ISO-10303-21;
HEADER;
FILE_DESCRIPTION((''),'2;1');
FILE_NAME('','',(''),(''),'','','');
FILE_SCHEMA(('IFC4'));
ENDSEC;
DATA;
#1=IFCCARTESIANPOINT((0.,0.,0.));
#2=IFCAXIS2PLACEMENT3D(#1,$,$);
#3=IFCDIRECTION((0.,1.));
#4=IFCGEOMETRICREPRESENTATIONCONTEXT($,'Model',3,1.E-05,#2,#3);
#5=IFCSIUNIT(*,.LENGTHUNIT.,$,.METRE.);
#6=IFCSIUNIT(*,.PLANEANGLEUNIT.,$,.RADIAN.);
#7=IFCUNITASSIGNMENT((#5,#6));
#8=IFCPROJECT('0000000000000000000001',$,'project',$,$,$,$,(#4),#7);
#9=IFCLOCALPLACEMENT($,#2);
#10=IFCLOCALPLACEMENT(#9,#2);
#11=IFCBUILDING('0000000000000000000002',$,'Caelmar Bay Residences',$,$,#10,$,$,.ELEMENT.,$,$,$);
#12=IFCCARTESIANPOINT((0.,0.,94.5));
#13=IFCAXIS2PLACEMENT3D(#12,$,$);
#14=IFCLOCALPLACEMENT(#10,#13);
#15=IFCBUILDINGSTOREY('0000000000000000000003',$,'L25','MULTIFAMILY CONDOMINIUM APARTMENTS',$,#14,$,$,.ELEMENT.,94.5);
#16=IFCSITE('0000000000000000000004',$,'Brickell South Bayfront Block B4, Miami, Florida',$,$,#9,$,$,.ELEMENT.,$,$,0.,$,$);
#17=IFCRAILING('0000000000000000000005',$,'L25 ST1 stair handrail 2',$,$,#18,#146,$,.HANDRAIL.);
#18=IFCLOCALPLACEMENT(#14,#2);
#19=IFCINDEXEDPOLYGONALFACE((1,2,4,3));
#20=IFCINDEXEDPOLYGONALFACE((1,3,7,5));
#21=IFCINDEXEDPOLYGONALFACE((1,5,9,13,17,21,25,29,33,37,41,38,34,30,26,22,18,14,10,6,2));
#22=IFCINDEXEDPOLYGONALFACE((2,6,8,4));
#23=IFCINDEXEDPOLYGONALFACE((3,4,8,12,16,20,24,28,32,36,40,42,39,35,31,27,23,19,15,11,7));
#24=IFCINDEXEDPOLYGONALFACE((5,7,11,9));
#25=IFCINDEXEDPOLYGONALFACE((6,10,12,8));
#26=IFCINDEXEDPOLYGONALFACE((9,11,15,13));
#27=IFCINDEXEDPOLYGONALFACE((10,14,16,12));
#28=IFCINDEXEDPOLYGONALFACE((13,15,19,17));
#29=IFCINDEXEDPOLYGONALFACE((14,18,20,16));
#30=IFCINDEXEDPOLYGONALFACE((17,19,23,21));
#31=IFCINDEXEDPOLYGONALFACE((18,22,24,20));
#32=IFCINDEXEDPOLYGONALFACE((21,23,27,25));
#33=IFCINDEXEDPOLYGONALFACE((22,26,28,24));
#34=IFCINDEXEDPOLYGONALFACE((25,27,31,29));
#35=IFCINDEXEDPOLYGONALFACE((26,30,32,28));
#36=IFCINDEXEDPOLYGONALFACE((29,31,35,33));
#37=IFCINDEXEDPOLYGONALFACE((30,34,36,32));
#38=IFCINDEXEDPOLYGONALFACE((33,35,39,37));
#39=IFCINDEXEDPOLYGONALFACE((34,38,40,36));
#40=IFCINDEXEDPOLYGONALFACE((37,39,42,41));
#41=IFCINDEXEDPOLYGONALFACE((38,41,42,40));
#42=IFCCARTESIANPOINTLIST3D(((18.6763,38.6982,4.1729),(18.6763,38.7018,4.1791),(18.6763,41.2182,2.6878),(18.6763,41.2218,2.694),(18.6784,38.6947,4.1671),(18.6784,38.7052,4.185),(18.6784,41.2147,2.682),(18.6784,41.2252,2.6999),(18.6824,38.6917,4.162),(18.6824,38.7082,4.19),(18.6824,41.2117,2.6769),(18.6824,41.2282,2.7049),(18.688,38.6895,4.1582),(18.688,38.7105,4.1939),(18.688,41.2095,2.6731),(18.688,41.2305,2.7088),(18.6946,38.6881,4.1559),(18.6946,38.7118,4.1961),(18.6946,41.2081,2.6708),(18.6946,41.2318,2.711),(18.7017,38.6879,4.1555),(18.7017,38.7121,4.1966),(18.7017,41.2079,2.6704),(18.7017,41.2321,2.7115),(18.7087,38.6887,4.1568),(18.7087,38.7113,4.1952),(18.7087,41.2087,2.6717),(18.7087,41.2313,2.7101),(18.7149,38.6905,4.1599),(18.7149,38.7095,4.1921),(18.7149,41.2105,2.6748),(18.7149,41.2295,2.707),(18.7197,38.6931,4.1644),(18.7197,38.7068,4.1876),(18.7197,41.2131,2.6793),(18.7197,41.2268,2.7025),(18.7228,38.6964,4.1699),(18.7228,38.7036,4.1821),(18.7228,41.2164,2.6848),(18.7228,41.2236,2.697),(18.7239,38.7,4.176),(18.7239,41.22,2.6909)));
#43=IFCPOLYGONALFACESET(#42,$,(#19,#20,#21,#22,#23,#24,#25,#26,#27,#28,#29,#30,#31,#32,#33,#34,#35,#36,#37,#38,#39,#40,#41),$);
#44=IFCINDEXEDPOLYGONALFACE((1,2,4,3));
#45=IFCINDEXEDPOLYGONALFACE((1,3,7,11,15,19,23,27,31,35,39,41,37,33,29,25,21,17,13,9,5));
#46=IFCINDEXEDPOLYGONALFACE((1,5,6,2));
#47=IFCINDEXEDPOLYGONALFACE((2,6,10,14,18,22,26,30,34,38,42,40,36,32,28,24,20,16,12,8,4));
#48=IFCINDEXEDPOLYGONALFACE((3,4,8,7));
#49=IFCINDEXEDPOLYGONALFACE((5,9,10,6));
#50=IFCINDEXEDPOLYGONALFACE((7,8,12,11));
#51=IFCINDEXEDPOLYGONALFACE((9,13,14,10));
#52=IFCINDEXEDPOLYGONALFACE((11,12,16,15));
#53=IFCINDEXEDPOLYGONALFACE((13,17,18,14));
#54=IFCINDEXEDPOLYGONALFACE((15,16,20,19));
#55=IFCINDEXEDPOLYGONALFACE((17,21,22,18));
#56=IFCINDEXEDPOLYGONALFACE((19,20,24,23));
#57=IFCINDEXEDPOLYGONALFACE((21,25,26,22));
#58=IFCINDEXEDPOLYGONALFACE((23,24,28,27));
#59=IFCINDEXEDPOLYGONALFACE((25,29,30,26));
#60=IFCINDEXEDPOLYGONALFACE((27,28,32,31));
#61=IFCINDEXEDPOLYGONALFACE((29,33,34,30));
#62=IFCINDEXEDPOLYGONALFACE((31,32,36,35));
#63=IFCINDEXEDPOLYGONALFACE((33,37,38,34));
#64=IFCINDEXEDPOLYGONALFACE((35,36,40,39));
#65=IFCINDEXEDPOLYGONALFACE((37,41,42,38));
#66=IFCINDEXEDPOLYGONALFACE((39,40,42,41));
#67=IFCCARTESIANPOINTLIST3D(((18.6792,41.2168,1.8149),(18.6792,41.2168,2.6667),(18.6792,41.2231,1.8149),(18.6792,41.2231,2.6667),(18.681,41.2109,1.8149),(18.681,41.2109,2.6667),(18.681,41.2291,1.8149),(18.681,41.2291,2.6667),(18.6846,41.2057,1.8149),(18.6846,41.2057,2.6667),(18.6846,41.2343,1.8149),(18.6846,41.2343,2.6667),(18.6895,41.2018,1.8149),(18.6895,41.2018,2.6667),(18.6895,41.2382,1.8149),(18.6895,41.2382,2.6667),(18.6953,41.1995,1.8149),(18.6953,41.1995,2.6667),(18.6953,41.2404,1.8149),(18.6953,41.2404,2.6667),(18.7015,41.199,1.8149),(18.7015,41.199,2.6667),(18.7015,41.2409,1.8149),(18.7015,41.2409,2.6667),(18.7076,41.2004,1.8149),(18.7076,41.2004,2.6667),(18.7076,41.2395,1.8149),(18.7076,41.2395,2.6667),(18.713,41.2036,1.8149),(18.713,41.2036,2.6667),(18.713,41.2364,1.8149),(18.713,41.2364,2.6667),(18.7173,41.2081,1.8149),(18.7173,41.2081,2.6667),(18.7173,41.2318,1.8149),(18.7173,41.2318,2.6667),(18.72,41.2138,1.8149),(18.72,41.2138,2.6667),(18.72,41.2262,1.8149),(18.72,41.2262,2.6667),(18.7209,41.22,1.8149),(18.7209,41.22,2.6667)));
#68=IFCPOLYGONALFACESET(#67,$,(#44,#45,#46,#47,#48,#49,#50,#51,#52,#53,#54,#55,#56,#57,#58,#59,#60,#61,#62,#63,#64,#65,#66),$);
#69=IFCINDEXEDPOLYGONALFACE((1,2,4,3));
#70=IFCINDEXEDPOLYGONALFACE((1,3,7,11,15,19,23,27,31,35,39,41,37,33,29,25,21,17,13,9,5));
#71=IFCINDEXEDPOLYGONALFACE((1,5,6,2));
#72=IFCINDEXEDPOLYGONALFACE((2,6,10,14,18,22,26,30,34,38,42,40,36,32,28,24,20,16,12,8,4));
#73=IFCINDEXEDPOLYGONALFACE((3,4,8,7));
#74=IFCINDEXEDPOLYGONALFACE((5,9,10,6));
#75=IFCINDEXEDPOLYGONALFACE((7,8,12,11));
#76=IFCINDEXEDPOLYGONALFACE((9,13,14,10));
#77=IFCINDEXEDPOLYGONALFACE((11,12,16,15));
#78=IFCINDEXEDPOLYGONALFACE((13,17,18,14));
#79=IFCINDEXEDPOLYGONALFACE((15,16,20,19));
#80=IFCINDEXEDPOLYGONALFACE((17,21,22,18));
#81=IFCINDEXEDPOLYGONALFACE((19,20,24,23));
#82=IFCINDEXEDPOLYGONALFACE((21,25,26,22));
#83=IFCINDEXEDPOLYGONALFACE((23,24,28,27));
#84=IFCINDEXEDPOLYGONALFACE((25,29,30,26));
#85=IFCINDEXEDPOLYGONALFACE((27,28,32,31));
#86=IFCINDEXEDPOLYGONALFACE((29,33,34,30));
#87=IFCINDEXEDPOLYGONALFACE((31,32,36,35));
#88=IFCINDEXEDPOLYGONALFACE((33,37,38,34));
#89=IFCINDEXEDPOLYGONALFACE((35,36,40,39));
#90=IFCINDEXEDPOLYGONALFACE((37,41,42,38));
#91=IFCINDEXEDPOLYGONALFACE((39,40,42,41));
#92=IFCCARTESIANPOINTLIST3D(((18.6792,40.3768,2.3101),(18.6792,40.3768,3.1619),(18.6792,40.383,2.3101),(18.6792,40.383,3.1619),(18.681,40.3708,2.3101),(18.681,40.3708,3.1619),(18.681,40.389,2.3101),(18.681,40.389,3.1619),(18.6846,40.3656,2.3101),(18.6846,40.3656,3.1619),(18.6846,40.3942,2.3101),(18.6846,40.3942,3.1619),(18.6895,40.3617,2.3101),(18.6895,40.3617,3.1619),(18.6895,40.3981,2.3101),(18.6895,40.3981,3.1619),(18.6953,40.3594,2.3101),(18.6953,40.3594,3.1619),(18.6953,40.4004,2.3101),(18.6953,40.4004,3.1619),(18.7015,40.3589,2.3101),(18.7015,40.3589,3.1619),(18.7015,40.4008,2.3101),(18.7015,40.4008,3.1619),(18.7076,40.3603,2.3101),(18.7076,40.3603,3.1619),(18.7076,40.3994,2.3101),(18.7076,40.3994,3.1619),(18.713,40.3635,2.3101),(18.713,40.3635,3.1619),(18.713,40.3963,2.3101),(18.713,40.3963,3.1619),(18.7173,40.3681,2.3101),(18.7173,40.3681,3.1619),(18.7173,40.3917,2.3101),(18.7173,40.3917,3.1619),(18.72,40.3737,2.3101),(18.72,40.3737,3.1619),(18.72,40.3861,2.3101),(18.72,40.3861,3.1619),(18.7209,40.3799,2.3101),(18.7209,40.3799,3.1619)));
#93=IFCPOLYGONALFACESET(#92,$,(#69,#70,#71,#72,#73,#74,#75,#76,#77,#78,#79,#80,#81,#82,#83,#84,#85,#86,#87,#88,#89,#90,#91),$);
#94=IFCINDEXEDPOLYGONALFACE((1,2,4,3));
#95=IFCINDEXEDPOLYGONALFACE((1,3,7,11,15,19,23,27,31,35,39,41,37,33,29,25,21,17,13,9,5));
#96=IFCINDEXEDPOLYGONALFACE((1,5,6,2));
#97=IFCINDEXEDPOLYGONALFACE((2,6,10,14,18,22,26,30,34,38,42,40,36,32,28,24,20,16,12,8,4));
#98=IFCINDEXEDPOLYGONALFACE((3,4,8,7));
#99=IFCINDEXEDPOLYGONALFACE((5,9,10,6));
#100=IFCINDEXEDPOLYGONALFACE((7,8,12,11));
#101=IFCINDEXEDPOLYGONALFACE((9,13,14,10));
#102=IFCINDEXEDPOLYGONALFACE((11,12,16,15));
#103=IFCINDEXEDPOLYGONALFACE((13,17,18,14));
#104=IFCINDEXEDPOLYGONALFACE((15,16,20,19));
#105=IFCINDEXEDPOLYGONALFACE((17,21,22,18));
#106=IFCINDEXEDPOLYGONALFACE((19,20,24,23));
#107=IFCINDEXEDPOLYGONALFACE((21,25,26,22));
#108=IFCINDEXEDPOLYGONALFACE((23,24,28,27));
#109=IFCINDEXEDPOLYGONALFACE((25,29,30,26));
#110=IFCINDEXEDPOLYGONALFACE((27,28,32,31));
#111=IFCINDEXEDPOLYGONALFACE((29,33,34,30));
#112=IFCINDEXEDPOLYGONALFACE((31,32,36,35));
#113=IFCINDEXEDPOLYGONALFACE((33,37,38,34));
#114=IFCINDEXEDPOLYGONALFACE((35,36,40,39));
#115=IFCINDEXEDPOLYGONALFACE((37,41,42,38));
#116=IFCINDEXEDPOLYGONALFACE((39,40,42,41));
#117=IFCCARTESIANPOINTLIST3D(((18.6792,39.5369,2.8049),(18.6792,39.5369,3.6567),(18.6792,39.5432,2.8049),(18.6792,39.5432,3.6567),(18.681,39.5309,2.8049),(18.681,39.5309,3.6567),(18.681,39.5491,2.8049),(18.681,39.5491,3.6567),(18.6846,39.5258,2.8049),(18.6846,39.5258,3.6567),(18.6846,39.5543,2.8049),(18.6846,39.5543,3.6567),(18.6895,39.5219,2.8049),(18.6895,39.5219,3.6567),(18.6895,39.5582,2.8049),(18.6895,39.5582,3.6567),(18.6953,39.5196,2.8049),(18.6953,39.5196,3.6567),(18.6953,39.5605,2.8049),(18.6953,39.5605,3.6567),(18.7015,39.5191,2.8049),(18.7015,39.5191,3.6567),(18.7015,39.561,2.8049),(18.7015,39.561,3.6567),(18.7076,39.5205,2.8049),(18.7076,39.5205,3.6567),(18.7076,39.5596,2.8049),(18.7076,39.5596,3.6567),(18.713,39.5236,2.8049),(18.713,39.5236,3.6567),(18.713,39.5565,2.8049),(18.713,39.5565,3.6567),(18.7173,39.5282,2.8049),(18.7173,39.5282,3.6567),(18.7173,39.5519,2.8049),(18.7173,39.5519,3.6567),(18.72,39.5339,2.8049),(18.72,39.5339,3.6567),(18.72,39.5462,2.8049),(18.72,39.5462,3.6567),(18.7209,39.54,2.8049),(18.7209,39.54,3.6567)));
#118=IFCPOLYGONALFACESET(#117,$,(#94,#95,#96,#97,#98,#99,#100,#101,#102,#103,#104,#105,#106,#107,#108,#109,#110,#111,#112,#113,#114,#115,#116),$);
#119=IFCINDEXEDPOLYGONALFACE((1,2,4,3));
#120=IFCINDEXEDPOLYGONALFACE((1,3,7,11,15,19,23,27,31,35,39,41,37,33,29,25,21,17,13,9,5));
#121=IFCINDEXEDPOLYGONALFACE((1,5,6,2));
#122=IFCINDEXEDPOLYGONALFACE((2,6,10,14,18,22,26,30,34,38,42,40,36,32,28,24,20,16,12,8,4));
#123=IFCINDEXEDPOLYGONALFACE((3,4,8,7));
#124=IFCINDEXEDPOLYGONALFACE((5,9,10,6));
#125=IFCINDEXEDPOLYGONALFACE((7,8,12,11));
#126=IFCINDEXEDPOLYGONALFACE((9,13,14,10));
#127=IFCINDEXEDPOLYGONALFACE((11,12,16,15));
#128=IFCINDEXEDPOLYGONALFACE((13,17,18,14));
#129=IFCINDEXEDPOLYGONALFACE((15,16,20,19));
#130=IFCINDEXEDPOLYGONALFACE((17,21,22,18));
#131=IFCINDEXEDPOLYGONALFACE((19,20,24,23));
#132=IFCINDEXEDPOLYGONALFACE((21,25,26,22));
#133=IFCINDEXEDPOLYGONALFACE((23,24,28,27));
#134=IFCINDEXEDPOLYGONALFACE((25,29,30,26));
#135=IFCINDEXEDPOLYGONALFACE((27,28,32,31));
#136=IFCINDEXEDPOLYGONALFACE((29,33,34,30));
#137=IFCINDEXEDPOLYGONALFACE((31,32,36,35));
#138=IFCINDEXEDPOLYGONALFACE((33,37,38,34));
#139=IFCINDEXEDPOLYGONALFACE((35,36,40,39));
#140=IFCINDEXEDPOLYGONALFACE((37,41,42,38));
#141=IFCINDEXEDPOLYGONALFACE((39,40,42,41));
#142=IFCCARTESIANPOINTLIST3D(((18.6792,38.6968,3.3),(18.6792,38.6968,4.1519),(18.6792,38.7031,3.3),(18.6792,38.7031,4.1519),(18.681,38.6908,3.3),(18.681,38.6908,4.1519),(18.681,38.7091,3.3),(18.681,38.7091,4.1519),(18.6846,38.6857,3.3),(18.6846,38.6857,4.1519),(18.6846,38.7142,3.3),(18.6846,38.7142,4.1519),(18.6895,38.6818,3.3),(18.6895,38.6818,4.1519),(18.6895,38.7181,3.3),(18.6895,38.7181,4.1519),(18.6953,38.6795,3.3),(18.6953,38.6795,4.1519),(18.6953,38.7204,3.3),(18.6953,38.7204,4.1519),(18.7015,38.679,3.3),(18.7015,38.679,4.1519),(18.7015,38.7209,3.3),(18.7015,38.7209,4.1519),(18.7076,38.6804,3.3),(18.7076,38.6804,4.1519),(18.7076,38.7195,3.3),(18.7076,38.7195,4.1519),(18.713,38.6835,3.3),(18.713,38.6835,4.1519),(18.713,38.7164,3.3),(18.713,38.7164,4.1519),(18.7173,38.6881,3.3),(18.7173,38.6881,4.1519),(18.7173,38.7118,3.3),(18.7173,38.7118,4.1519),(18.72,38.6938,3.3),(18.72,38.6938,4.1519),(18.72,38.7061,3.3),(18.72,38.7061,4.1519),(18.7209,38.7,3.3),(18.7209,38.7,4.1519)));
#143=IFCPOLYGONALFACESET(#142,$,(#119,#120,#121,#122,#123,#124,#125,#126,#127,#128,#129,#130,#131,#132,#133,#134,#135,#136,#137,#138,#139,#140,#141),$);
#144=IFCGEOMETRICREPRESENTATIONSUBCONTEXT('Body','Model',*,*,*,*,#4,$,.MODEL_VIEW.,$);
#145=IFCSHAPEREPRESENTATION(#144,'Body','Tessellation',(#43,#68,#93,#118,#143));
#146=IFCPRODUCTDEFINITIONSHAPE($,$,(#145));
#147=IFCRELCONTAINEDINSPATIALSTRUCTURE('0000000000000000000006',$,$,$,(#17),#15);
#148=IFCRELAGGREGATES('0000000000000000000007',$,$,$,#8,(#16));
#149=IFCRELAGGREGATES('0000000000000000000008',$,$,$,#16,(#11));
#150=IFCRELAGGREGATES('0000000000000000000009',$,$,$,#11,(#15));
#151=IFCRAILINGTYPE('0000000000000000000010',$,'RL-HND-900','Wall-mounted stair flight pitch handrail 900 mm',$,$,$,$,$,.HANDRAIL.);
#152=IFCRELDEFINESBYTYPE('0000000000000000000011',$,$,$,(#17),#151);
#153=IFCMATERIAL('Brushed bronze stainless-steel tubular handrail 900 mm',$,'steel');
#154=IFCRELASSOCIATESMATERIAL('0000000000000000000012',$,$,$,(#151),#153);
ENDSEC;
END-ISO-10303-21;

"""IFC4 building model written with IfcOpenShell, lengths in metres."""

from ifc_helpers import new_model, si_unit, direction, frame, origin, origin_2d, place, context, subcontext, project, spatial, circle, extrude, material, type_object, element, save


model = new_model("IFC4")

# Units and contexts
model_context = context("Model", 3, precision=1e-05, world=origin(), true_north=direction((0.0, 1.0)))
body_context = subcontext(model_context, "Body", "Model", "MODEL_VIEW")
ifc_project = project(units=[si_unit("LENGTHUNIT", "METRE"), si_unit("PLANEANGLEUNIT", "RADIAN")], contexts=[model_context])

# Site, building, storey
site_placement = place(None, origin())
site = spatial("IfcSite", under=ifc_project, at=site_placement, Name="Brickell South Bayfront Block B4, Miami, Florida", CompositionType="ELEMENT", RefElevation=0.0)
building_placement = place(site_placement, origin())
building = spatial("IfcBuilding", under=site, at=building_placement, Name="Caelmar Bay Residences", CompositionType="ELEMENT")
storey_placement = place(building_placement, frame((0.0, 0.0, 94.5)))
storey = spatial("IfcBuildingStorey", under=building, at=storey_placement, Name="L25", Description="MULTIFAMILY CONDOMINIUM APARTMENTS", CompositionType="ELEMENT", Elevation=94.5)

# Railing
ifc_material_1 = material(Name="Brushed bronze stainless-steel tubular handrail 900 mm", Category="steel")
railing_type_1 = type_object("IfcRailingType", Name="RL-HND-900", Description="Wall-mounted stair flight pitch handrail 900 mm", PredefinedType="HANDRAIL", material=ifc_material_1)
railing_1_placement = place(storey_placement, frame((18.7, 41.22, 1.8149)))
element("IfcRailing", 1, at=railing_1_placement, inside=storey, type_object=railing_type_1, Name="L25 ST1 stair handrail 2", PredefinedType="HANDRAIL", context=body_context, shape_type="SweptSolid", body=[
    extrude(circle(Radius=0.0239, at=origin_2d()), frame((0.0, 0.0, 0.876), z_axis=(0.0, -0.861524, 0.507717), x_axis=(1.0, 0.0, 0.0)), (0.0, 0.0, 1.0), 2.925),
    extrude(circle(Radius=0.021, at=origin_2d()), origin(), (0.0, 0.0, 1.0), 0.8518),
    extrude(circle(Radius=0.021, at=origin_2d()), frame((0.0, -0.8401, 0.4951)), (0.0, 0.0, 1.0), 0.8518),
    extrude(circle(Radius=0.021, at=origin_2d()), frame((0.0, -1.6799, 0.99)), (0.0, 0.0, 1.0), 0.8518),
    extrude(circle(Radius=0.021, at=origin_2d()), frame((0.0, -2.52, 1.4851)), (0.0, 0.0, 1.0), 0.8518),
])

save(model, "model.ifc")
